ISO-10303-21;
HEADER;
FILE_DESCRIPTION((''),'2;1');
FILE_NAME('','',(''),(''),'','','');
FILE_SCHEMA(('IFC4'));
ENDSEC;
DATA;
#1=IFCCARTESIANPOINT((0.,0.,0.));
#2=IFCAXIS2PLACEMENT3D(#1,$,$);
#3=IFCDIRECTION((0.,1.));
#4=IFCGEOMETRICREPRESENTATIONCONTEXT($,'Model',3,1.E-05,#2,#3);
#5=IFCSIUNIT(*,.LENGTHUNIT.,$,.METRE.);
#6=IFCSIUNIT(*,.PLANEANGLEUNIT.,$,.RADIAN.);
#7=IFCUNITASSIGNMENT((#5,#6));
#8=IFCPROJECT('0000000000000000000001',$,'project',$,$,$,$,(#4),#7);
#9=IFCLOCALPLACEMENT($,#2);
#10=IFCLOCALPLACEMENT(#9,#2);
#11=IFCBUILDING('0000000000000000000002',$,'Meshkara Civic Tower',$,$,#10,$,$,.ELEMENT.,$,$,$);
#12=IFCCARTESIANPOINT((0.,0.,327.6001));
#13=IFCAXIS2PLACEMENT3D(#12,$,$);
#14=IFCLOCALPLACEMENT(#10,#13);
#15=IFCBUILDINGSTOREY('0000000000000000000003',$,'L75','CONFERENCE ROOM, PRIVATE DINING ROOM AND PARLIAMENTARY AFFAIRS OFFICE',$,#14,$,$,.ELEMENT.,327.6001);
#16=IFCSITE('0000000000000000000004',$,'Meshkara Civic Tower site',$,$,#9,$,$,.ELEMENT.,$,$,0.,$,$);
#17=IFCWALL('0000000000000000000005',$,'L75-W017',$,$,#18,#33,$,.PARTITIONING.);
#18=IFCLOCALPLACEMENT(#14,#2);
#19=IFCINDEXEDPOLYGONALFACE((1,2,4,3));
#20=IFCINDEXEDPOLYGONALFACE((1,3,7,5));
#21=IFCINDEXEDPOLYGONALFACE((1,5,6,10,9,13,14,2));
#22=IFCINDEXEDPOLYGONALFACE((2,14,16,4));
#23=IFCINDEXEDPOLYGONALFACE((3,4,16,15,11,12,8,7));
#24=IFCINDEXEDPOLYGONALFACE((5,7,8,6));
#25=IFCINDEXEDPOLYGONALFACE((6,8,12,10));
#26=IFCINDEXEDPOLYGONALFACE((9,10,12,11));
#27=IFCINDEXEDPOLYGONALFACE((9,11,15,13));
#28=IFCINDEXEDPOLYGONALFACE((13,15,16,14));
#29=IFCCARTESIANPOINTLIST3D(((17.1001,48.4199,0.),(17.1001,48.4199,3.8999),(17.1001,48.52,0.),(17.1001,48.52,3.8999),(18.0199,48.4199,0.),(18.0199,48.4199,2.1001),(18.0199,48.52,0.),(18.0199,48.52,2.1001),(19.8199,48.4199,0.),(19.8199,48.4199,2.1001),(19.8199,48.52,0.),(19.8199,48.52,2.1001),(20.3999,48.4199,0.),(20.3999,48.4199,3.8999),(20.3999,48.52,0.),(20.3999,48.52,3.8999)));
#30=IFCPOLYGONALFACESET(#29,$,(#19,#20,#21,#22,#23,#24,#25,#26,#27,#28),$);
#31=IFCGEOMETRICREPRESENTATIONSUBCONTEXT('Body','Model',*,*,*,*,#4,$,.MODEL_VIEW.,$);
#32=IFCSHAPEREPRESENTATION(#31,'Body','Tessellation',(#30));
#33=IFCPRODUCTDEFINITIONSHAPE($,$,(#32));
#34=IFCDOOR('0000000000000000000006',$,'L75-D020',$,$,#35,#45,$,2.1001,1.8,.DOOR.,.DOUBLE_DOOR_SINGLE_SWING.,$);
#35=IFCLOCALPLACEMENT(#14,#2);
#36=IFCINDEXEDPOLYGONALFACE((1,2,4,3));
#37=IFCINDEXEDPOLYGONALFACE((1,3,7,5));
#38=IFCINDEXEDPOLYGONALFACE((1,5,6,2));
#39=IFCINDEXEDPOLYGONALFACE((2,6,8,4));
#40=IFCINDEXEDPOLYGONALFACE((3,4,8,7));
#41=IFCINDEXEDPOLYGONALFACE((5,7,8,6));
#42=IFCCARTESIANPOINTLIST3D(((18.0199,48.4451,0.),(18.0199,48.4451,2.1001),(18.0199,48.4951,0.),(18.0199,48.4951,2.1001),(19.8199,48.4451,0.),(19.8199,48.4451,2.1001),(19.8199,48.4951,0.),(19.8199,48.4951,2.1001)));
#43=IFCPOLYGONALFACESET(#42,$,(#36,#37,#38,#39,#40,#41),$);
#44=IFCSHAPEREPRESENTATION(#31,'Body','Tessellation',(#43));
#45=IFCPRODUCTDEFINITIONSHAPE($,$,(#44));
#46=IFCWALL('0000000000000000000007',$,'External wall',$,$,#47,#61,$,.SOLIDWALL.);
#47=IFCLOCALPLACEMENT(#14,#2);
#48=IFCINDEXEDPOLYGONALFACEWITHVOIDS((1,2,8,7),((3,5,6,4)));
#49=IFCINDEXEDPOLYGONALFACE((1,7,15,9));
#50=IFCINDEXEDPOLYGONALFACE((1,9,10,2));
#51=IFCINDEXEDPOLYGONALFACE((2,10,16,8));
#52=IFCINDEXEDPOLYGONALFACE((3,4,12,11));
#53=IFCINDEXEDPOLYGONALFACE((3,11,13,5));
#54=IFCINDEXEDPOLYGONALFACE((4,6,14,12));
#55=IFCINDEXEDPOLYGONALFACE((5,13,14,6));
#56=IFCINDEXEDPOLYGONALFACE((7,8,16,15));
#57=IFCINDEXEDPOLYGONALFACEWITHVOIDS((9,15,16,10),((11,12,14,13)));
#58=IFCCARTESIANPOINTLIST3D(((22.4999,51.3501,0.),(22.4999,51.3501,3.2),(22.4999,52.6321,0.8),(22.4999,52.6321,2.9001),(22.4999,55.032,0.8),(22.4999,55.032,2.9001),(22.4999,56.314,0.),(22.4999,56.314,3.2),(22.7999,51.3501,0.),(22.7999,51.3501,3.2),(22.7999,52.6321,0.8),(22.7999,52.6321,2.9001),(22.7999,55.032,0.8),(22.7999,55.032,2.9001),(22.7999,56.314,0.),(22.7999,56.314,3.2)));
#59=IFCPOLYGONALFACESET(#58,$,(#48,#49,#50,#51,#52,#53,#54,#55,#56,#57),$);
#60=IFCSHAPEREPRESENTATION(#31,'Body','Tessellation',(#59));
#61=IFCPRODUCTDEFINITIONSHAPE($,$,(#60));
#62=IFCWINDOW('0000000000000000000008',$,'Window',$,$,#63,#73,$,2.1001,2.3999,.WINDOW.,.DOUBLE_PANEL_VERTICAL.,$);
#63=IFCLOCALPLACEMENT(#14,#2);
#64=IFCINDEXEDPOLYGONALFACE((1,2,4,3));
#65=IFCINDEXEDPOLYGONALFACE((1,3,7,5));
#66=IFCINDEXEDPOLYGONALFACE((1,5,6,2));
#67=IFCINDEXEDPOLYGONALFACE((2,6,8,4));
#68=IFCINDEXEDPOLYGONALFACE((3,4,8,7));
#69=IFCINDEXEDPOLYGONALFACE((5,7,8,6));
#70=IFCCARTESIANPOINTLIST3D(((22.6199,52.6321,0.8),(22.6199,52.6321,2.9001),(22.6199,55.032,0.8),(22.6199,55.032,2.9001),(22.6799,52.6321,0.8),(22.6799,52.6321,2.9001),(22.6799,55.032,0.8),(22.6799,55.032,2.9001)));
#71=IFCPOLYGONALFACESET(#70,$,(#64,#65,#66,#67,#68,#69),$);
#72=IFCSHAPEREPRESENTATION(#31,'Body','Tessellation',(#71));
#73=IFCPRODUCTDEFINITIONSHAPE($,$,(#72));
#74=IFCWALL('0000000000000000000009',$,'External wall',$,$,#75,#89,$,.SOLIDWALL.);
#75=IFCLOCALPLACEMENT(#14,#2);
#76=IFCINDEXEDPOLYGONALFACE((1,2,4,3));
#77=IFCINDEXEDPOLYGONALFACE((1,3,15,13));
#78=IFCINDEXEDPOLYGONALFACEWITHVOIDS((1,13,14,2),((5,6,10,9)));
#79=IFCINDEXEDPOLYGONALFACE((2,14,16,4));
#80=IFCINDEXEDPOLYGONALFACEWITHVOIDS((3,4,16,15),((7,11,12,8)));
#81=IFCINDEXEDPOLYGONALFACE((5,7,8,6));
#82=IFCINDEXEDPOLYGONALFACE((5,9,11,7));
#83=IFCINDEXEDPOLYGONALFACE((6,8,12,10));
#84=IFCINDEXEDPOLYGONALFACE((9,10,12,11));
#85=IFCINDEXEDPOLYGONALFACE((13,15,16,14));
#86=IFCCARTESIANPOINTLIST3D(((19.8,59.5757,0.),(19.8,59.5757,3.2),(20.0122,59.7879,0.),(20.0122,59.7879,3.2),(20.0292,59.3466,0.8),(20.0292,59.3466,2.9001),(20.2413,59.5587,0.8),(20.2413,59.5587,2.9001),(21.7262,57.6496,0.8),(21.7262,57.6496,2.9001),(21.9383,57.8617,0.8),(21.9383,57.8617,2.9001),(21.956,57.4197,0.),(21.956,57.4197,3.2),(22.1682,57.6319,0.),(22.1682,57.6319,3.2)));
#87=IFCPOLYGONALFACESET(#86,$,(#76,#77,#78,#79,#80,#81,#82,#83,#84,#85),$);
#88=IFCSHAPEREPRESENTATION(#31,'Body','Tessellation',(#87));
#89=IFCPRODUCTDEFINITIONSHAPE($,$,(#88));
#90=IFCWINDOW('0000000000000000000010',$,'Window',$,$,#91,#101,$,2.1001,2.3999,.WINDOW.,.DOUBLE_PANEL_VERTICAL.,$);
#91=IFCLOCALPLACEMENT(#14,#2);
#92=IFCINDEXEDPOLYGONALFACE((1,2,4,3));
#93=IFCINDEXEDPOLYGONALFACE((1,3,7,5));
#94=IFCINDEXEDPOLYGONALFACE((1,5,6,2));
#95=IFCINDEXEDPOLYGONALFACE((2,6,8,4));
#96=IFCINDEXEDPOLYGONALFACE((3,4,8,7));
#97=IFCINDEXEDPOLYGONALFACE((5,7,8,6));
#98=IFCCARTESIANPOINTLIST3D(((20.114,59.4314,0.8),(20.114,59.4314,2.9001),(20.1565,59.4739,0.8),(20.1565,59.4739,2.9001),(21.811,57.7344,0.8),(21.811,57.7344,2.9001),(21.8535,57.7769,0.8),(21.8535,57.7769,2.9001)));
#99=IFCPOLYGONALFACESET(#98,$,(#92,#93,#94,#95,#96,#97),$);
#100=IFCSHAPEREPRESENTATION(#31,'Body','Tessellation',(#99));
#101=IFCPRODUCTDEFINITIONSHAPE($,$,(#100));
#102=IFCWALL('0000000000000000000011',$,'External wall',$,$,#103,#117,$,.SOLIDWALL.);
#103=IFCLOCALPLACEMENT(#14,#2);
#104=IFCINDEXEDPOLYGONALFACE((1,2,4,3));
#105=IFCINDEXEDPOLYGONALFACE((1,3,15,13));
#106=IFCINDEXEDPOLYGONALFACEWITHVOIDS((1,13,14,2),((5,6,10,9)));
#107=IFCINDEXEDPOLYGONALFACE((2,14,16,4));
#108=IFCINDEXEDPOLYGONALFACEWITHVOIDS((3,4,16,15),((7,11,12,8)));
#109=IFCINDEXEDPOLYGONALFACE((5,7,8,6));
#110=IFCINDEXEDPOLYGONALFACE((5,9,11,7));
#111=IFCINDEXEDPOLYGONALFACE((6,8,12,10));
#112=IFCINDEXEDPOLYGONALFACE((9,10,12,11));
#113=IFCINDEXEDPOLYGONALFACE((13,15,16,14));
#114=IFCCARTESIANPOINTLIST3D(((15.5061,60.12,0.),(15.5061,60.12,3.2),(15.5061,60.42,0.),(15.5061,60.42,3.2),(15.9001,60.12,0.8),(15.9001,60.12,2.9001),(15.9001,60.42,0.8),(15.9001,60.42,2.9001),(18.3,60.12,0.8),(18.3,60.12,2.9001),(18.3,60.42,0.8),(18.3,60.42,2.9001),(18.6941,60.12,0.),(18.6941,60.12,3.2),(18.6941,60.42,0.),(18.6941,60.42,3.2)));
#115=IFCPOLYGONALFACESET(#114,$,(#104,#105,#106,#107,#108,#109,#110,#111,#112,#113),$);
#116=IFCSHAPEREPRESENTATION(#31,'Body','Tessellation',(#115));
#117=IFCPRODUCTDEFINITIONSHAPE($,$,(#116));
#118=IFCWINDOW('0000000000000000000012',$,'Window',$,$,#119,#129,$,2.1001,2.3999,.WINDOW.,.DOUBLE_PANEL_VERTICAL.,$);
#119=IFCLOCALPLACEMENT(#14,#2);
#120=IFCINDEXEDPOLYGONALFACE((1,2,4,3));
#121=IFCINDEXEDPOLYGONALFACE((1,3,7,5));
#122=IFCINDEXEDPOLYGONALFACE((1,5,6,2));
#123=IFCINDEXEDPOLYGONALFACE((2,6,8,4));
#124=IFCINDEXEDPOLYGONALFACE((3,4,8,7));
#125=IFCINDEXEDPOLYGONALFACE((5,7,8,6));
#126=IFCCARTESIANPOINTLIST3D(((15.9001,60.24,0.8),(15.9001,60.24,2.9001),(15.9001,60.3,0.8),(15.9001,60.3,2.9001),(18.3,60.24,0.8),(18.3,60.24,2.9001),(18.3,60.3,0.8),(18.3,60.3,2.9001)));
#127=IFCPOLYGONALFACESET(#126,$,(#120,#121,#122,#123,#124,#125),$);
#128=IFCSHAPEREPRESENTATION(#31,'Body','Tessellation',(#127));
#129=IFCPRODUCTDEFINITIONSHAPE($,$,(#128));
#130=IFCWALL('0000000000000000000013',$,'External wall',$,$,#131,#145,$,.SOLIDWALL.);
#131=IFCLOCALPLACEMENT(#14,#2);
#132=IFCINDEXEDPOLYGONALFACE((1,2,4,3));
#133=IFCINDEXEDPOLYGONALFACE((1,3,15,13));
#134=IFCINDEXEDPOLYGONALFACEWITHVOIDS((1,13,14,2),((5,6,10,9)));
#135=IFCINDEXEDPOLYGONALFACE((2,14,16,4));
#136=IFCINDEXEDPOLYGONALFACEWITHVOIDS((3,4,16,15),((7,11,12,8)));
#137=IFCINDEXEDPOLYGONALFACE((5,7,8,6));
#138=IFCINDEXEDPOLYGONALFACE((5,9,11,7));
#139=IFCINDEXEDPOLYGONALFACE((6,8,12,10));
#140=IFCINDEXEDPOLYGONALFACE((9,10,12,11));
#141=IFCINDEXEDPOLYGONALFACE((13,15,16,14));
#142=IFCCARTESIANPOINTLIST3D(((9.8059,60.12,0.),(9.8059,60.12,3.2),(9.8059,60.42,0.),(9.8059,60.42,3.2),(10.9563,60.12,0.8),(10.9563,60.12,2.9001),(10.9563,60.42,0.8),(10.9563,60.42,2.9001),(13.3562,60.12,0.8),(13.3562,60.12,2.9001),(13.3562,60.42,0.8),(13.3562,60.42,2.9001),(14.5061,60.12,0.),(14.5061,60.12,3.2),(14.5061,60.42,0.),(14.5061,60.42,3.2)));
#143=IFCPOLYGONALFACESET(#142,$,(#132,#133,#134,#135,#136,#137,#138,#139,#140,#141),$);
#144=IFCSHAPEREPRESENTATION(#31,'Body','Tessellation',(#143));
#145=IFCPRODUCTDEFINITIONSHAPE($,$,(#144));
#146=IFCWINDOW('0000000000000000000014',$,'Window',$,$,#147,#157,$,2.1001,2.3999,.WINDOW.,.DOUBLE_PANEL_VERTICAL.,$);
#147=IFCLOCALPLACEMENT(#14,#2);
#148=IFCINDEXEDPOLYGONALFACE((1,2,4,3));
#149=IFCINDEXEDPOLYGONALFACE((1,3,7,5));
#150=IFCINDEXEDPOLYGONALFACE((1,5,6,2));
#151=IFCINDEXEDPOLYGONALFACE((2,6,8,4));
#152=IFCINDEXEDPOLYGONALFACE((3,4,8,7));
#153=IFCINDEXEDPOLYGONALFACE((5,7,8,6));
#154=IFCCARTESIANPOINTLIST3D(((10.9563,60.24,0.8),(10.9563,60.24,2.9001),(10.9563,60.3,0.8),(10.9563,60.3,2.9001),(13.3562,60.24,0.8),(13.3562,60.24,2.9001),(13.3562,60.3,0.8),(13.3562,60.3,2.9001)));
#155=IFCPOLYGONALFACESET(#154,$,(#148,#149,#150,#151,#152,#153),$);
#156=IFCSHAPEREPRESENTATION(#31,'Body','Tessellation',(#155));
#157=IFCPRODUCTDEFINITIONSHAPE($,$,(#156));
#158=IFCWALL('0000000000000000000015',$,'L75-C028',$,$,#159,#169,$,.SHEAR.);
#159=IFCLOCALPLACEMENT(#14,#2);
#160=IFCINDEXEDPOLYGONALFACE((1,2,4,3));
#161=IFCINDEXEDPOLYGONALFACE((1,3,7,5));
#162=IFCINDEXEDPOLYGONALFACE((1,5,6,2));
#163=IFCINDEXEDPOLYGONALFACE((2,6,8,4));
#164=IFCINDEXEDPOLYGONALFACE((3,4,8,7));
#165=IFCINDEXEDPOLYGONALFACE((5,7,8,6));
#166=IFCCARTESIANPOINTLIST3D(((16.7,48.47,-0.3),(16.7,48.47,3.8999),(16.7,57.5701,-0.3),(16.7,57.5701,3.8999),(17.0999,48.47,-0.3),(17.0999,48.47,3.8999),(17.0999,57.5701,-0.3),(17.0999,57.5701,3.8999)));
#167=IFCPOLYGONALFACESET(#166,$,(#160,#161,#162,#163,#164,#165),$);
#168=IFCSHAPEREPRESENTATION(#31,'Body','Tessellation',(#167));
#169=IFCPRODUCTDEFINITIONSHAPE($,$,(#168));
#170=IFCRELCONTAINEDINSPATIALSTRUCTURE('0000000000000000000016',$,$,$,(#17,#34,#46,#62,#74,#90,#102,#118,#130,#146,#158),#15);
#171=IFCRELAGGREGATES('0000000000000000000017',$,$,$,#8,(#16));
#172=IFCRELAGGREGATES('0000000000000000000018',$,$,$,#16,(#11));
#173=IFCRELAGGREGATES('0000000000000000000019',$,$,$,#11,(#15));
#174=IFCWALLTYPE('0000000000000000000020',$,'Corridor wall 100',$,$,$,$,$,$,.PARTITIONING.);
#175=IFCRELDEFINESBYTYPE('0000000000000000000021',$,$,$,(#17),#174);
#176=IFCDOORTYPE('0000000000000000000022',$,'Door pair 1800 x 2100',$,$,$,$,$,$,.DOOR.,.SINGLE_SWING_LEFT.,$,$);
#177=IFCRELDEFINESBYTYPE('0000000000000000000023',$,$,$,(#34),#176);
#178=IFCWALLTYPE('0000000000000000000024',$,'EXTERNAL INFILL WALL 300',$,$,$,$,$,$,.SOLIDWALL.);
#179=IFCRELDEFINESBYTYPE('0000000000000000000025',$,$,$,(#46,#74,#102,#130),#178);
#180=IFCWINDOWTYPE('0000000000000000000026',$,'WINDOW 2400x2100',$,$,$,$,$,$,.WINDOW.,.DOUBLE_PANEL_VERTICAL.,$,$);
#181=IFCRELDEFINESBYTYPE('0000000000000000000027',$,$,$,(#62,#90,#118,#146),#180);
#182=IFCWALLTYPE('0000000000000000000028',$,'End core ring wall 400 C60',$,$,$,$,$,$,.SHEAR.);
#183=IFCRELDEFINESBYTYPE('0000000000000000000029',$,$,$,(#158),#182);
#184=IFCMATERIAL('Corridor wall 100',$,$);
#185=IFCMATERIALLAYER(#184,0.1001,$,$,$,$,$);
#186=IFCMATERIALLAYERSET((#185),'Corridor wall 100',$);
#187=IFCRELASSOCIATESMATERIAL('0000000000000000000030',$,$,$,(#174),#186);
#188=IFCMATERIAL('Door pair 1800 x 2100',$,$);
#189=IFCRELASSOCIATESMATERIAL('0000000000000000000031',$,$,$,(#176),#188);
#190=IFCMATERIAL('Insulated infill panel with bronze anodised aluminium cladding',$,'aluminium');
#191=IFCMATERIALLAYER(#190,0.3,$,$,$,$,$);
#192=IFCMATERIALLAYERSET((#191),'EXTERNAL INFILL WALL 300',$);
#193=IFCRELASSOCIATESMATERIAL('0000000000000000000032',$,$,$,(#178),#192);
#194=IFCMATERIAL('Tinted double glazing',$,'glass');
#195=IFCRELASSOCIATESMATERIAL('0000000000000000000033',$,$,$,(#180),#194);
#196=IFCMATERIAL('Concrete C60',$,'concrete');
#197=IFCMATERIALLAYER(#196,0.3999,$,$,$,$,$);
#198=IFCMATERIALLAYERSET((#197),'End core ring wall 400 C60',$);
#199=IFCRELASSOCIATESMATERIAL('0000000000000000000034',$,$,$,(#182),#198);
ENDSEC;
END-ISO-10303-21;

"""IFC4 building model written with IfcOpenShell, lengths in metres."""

from ifc_helpers import new_model, si_unit, direction, frame, frame_2d, origin, place, context, subcontext, project, spatial, rectangle, extrude, material, layer, layer_set, type_object, element, fill, save


model = new_model("IFC4")

# Units and contexts
model_context = context("Model", 3, precision=1e-05, world=origin(), true_north=direction((0.0, 1.0)))
body_context = subcontext(model_context, "Body", "Model", "MODEL_VIEW")
ifc_project = project(units=[si_unit("LENGTHUNIT", "METRE"), si_unit("PLANEANGLEUNIT", "RADIAN")], contexts=[model_context])

# Site, building, storey
site_placement = place(None, origin())
site = spatial("IfcSite", under=ifc_project, at=site_placement, Name="Meshkara Civic Tower site", CompositionType="ELEMENT", RefElevation=0.0)
building_placement = place(site_placement, origin())
building = spatial("IfcBuilding", under=site, at=building_placement, Name="Meshkara Civic Tower", CompositionType="ELEMENT")
storey_placement = place(building_placement, frame((0.0, 0.0, 327.6001)))
storey = spatial("IfcBuildingStorey", under=building, at=storey_placement, Name="L75", Description="CONFERENCE ROOM, PRIVATE DINING ROOM AND PARLIAMENTARY AFFAIRS OFFICE", CompositionType="ELEMENT", Elevation=327.6001)

# Shared definitions
ifc_material_1 = material(Name="Corridor wall 100")
ifc_layer_1 = layer(ifc_material_1, 0.1001)
ifc_layer_set_1 = layer_set([ifc_layer_1], Name="Corridor wall 100")
wall_type_1 = type_object("IfcWallType", Name="Corridor wall 100", PredefinedType="PARTITIONING", material=ifc_layer_set_1)

# Wall, opening, door
wall_1_placement = place(storey_placement, frame((20.3999, 48.47, 0.0), z_axis=(0.0, 0.0, 1.0), x_axis=(-1.0, 0.0, 0.0)))
wall_1 = element("IfcWall", 1, at=wall_1_placement, inside=storey, type_object=wall_type_1, Name="L75-W017", PredefinedType="PARTITIONING", context=body_context, shape_type="SweptSolid", body=[
    extrude(rectangle(XDim=3.2998, YDim=0.1001, at=frame_2d((1.6499, 0.0))), origin(), (0.0, 0.0, 1.0), 3.8999),
])
opening_1_placement = place(wall_1_placement, frame((0.5801, 0.0, 0.0)))
opening_1 = element("IfcOpeningElement", 2, at=opening_1_placement, cuts=wall_1, PredefinedType="OPENING", context=body_context, shape_type="SweptSolid", body=[
    extrude(rectangle(XDim=1.8, YDim=2.1001, at=frame_2d((0.8999, 1.05))), frame((0.0, 0.0601, 0.0), z_axis=(0.0, -1.0, 0.0), x_axis=(1.0, 0.0, 0.0)), (0.0, 0.0, 1.0), 0.1201),
])
ifc_material_2 = material(Name="Door pair 1800 x 2100")
door_type_1 = type_object("IfcDoorType", Name="Door pair 1800 x 2100", OperationType="SINGLE_SWING_LEFT", PredefinedType="DOOR", material=ifc_material_2)
door_1_placement = place(opening_1_placement, origin())
door_1 = element("IfcDoor", 3, at=door_1_placement, inside=storey, type_object=door_type_1, Name="L75-D020", OperationType="DOUBLE_DOOR_SINGLE_SWING", OverallHeight=2.1001, OverallWidth=1.8, PredefinedType="DOOR", context=body_context, shape_type="SweptSolid", body=[
    extrude(rectangle(XDim=1.8, YDim=2.1001, at=frame_2d((0.8999, 1.05))), frame((0.0, 0.0249, 0.0), z_axis=(0.0, -1.0, 0.0), x_axis=(1.0, 0.0, 0.0)), (0.0, 0.0, 1.0), 0.05),
])
fill(opening_1, door_1)

# Walls, openings, windows
ifc_material_3 = material(Name="Insulated infill panel with bronze anodised aluminium cladding", Category="aluminium")
ifc_layer_2 = layer(ifc_material_3, 0.3)
ifc_layer_set_2 = layer_set([ifc_layer_2], Name="EXTERNAL INFILL WALL 300")
wall_type_2 = type_object("IfcWallType", Name="EXTERNAL INFILL WALL 300", PredefinedType="SOLIDWALL", material=ifc_layer_set_2)
wall_2_placement = place(storey_placement, frame((22.6499, 51.3501, 0.0), z_axis=(0.0, 0.0, 1.0), x_axis=(0.0, 1.0, 0.0)))
wall_2 = element("IfcWall", 4, at=wall_2_placement, inside=storey, type_object=wall_type_2, Name="External wall", PredefinedType="SOLIDWALL", context=body_context, shape_type="SweptSolid", body=[
    extrude(rectangle(XDim=4.9639, YDim=0.3, at=frame_2d((2.4819, 0.0))), origin(), (0.0, 0.0, 1.0), 3.2),
])
opening_2_placement = place(wall_2_placement, frame((1.282, 0.0, 0.8)))
opening_2 = element("IfcOpeningElement", 5, at=opening_2_placement, cuts=wall_2, PredefinedType="OPENING", context=body_context, shape_type="SweptSolid", body=[
    extrude(rectangle(XDim=2.3999, YDim=2.1001, at=frame_2d((1.2, 1.05))), frame((0.0, 0.1599, 0.0), z_axis=(0.0, -1.0, 0.0), x_axis=(1.0, 0.0, 0.0)), (0.0, 0.0, 1.0), 0.3201),
])
ifc_material_4 = material(Name="Tinted double glazing", Category="glass")
window_type = type_object("IfcWindowType", Name="WINDOW 2400x2100", PartitioningType="DOUBLE_PANEL_VERTICAL", PredefinedType="WINDOW", material=ifc_material_4)
window_1_placement = place(opening_2_placement, origin())
window_1 = element("IfcWindow", 6, at=window_1_placement, inside=storey, type_object=window_type, Name="Window", OverallHeight=2.1001, OverallWidth=2.3999, PartitioningType="DOUBLE_PANEL_VERTICAL", PredefinedType="WINDOW", context=body_context, shape_type="SweptSolid", body=[
    extrude(rectangle(XDim=2.3999, YDim=2.1001, at=frame_2d((1.2, 1.05))), frame((0.0, 0.03, 0.0), z_axis=(0.0, -1.0, 0.0), x_axis=(1.0, 0.0, 0.0)), (0.0, 0.0, 1.0), 0.0601),
])
fill(opening_2, window_1)
wall_3_placement = place(storey_placement, frame((22.062, 57.5259, 0.0), z_axis=(0.0, 0.0, 1.0), x_axis=(-0.707107, 0.707107, 0.0)))
wall_3 = element("IfcWall", 7, at=wall_3_placement, inside=storey, type_object=wall_type_2, Name="External wall", PredefinedType="SOLIDWALL", context=body_context, shape_type="SweptSolid", body=[
    extrude(rectangle(XDim=3.0491, YDim=0.3, at=frame_2d((1.5244, 0.0))), origin(), (0.0, 0.0, 1.0), 3.2),
])
opening_3_placement = place(wall_3_placement, frame((0.325, 0.0, 0.8)))
opening_3 = element("IfcOpeningElement", 8, at=opening_3_placement, cuts=wall_3, PredefinedType="OPENING", context=body_context, shape_type="SweptSolid", body=[
    extrude(rectangle(XDim=2.3999, YDim=2.1001, at=frame_2d((1.2, 1.05))), frame((0.0, 0.1599, 0.0), z_axis=(0.0, -1.0, 0.0), x_axis=(1.0, 0.0, 0.0)), (0.0, 0.0, 1.0), 0.3201),
])
window_2_placement = place(opening_3_placement, origin())
window_2 = element("IfcWindow", 9, at=window_2_placement, inside=storey, type_object=window_type, Name="Window", OverallHeight=2.1001, OverallWidth=2.3999, PartitioningType="DOUBLE_PANEL_VERTICAL", PredefinedType="WINDOW", context=body_context, shape_type="SweptSolid", body=[
    extrude(rectangle(XDim=2.3999, YDim=2.1001, at=frame_2d((1.2, 1.05))), frame((0.0, 0.03, 0.0), z_axis=(0.0, -1.0, 0.0), x_axis=(1.0, 0.0, 0.0)), (0.0, 0.0, 1.0), 0.0601),
])
fill(opening_3, window_2)
wall_4_placement = place(storey_placement, frame((18.6941, 60.27, 0.0), z_axis=(0.0, 0.0, 1.0), x_axis=(-1.0, 0.0, 0.0)))
wall_4 = element("IfcWall", 10, at=wall_4_placement, inside=storey, type_object=wall_type_2, Name="External wall", PredefinedType="SOLIDWALL", context=body_context, shape_type="SweptSolid", body=[
    extrude(rectangle(XDim=3.188, YDim=0.3, at=frame_2d((1.594, 0.0))), origin(), (0.0, 0.0, 1.0), 3.2),
])
opening_4_placement = place(wall_4_placement, frame((0.394, 0.0, 0.8)))
opening_4 = element("IfcOpeningElement", 11, at=opening_4_placement, cuts=wall_4, PredefinedType="OPENING", context=body_context, shape_type="SweptSolid", body=[
    extrude(rectangle(XDim=2.3999, YDim=2.1001, at=frame_2d((1.2, 1.05))), frame((0.0, 0.1599, 0.0), z_axis=(0.0, -1.0, 0.0), x_axis=(1.0, 0.0, 0.0)), (0.0, 0.0, 1.0), 0.3201),
])
window_3_placement = place(opening_4_placement, origin())
window_3 = element("IfcWindow", 12, at=window_3_placement, inside=storey, type_object=window_type, Name="Window", OverallHeight=2.1001, OverallWidth=2.3999, PartitioningType="DOUBLE_PANEL_VERTICAL", PredefinedType="WINDOW", context=body_context, shape_type="SweptSolid", body=[
    extrude(rectangle(XDim=2.3999, YDim=2.1001, at=frame_2d((1.2, 1.05))), frame((0.0, 0.03, 0.0), z_axis=(0.0, -1.0, 0.0), x_axis=(1.0, 0.0, 0.0)), (0.0, 0.0, 1.0), 0.0601),
])
fill(opening_4, window_3)
wall_5_placement = place(storey_placement, frame((14.5061, 60.27, 0.0), z_axis=(0.0, 0.0, 1.0), x_axis=(-1.0, 0.0, 0.0)))
wall_5 = element("IfcWall", 13, at=wall_5_placement, inside=storey, type_object=wall_type_2, Name="External wall", PredefinedType="SOLIDWALL", context=body_context, shape_type="SweptSolid", body=[
    extrude(rectangle(XDim=4.7002, YDim=0.3, at=frame_2d((2.3501, 0.0))), origin(), (0.0, 0.0, 1.0), 3.2),
])
opening_5_placement = place(wall_5_placement, frame((1.1499, 0.0, 0.8)))
opening_5 = element("IfcOpeningElement", 14, at=opening_5_placement, cuts=wall_5, PredefinedType="OPENING", context=body_context, shape_type="SweptSolid", body=[
    extrude(rectangle(XDim=2.3999, YDim=2.1001, at=frame_2d((1.2, 1.05))), frame((0.0, 0.1599, 0.0), z_axis=(0.0, -1.0, 0.0), x_axis=(1.0, 0.0, 0.0)), (0.0, 0.0, 1.0), 0.3201),
])
window_4_placement = place(opening_5_placement, origin())
window_4 = element("IfcWindow", 15, at=window_4_placement, inside=storey, type_object=window_type, Name="Window", OverallHeight=2.1001, OverallWidth=2.3999, PartitioningType="DOUBLE_PANEL_VERTICAL", PredefinedType="WINDOW", context=body_context, shape_type="SweptSolid", body=[
    extrude(rectangle(XDim=2.3999, YDim=2.1001, at=frame_2d((1.2, 1.05))), frame((0.0, 0.03, 0.0), z_axis=(0.0, -1.0, 0.0), x_axis=(1.0, 0.0, 0.0)), (0.0, 0.0, 1.0), 0.0601),
])
fill(opening_5, window_4)

# Wall
ifc_material_5 = material(Name="Concrete C60", Category="concrete")
ifc_layer_3 = layer(ifc_material_5, 0.3999)
ifc_layer_set_3 = layer_set([ifc_layer_3], Name="End core ring wall 400 C60")
wall_type_3 = type_object("IfcWallType", Name="End core ring wall 400 C60", PredefinedType="SHEAR", material=ifc_layer_set_3)
wall_6_placement = place(storey_placement, frame((16.8999, 48.47, -0.3), z_axis=(0.0, 0.0, 1.0), x_axis=(0.0, 1.0, 0.0)))
element("IfcWall", 16, at=wall_6_placement, inside=storey, type_object=wall_type_3, Name="L75-C028", PredefinedType="SHEAR", context=body_context, shape_type="SweptSolid", body=[
    extrude(rectangle(XDim=9.1001, YDim=0.3999, at=frame_2d((4.55, 0.0))), origin(), (0.0, 0.0, 1.0), 4.2),
])

save(model, "model.ifc")
